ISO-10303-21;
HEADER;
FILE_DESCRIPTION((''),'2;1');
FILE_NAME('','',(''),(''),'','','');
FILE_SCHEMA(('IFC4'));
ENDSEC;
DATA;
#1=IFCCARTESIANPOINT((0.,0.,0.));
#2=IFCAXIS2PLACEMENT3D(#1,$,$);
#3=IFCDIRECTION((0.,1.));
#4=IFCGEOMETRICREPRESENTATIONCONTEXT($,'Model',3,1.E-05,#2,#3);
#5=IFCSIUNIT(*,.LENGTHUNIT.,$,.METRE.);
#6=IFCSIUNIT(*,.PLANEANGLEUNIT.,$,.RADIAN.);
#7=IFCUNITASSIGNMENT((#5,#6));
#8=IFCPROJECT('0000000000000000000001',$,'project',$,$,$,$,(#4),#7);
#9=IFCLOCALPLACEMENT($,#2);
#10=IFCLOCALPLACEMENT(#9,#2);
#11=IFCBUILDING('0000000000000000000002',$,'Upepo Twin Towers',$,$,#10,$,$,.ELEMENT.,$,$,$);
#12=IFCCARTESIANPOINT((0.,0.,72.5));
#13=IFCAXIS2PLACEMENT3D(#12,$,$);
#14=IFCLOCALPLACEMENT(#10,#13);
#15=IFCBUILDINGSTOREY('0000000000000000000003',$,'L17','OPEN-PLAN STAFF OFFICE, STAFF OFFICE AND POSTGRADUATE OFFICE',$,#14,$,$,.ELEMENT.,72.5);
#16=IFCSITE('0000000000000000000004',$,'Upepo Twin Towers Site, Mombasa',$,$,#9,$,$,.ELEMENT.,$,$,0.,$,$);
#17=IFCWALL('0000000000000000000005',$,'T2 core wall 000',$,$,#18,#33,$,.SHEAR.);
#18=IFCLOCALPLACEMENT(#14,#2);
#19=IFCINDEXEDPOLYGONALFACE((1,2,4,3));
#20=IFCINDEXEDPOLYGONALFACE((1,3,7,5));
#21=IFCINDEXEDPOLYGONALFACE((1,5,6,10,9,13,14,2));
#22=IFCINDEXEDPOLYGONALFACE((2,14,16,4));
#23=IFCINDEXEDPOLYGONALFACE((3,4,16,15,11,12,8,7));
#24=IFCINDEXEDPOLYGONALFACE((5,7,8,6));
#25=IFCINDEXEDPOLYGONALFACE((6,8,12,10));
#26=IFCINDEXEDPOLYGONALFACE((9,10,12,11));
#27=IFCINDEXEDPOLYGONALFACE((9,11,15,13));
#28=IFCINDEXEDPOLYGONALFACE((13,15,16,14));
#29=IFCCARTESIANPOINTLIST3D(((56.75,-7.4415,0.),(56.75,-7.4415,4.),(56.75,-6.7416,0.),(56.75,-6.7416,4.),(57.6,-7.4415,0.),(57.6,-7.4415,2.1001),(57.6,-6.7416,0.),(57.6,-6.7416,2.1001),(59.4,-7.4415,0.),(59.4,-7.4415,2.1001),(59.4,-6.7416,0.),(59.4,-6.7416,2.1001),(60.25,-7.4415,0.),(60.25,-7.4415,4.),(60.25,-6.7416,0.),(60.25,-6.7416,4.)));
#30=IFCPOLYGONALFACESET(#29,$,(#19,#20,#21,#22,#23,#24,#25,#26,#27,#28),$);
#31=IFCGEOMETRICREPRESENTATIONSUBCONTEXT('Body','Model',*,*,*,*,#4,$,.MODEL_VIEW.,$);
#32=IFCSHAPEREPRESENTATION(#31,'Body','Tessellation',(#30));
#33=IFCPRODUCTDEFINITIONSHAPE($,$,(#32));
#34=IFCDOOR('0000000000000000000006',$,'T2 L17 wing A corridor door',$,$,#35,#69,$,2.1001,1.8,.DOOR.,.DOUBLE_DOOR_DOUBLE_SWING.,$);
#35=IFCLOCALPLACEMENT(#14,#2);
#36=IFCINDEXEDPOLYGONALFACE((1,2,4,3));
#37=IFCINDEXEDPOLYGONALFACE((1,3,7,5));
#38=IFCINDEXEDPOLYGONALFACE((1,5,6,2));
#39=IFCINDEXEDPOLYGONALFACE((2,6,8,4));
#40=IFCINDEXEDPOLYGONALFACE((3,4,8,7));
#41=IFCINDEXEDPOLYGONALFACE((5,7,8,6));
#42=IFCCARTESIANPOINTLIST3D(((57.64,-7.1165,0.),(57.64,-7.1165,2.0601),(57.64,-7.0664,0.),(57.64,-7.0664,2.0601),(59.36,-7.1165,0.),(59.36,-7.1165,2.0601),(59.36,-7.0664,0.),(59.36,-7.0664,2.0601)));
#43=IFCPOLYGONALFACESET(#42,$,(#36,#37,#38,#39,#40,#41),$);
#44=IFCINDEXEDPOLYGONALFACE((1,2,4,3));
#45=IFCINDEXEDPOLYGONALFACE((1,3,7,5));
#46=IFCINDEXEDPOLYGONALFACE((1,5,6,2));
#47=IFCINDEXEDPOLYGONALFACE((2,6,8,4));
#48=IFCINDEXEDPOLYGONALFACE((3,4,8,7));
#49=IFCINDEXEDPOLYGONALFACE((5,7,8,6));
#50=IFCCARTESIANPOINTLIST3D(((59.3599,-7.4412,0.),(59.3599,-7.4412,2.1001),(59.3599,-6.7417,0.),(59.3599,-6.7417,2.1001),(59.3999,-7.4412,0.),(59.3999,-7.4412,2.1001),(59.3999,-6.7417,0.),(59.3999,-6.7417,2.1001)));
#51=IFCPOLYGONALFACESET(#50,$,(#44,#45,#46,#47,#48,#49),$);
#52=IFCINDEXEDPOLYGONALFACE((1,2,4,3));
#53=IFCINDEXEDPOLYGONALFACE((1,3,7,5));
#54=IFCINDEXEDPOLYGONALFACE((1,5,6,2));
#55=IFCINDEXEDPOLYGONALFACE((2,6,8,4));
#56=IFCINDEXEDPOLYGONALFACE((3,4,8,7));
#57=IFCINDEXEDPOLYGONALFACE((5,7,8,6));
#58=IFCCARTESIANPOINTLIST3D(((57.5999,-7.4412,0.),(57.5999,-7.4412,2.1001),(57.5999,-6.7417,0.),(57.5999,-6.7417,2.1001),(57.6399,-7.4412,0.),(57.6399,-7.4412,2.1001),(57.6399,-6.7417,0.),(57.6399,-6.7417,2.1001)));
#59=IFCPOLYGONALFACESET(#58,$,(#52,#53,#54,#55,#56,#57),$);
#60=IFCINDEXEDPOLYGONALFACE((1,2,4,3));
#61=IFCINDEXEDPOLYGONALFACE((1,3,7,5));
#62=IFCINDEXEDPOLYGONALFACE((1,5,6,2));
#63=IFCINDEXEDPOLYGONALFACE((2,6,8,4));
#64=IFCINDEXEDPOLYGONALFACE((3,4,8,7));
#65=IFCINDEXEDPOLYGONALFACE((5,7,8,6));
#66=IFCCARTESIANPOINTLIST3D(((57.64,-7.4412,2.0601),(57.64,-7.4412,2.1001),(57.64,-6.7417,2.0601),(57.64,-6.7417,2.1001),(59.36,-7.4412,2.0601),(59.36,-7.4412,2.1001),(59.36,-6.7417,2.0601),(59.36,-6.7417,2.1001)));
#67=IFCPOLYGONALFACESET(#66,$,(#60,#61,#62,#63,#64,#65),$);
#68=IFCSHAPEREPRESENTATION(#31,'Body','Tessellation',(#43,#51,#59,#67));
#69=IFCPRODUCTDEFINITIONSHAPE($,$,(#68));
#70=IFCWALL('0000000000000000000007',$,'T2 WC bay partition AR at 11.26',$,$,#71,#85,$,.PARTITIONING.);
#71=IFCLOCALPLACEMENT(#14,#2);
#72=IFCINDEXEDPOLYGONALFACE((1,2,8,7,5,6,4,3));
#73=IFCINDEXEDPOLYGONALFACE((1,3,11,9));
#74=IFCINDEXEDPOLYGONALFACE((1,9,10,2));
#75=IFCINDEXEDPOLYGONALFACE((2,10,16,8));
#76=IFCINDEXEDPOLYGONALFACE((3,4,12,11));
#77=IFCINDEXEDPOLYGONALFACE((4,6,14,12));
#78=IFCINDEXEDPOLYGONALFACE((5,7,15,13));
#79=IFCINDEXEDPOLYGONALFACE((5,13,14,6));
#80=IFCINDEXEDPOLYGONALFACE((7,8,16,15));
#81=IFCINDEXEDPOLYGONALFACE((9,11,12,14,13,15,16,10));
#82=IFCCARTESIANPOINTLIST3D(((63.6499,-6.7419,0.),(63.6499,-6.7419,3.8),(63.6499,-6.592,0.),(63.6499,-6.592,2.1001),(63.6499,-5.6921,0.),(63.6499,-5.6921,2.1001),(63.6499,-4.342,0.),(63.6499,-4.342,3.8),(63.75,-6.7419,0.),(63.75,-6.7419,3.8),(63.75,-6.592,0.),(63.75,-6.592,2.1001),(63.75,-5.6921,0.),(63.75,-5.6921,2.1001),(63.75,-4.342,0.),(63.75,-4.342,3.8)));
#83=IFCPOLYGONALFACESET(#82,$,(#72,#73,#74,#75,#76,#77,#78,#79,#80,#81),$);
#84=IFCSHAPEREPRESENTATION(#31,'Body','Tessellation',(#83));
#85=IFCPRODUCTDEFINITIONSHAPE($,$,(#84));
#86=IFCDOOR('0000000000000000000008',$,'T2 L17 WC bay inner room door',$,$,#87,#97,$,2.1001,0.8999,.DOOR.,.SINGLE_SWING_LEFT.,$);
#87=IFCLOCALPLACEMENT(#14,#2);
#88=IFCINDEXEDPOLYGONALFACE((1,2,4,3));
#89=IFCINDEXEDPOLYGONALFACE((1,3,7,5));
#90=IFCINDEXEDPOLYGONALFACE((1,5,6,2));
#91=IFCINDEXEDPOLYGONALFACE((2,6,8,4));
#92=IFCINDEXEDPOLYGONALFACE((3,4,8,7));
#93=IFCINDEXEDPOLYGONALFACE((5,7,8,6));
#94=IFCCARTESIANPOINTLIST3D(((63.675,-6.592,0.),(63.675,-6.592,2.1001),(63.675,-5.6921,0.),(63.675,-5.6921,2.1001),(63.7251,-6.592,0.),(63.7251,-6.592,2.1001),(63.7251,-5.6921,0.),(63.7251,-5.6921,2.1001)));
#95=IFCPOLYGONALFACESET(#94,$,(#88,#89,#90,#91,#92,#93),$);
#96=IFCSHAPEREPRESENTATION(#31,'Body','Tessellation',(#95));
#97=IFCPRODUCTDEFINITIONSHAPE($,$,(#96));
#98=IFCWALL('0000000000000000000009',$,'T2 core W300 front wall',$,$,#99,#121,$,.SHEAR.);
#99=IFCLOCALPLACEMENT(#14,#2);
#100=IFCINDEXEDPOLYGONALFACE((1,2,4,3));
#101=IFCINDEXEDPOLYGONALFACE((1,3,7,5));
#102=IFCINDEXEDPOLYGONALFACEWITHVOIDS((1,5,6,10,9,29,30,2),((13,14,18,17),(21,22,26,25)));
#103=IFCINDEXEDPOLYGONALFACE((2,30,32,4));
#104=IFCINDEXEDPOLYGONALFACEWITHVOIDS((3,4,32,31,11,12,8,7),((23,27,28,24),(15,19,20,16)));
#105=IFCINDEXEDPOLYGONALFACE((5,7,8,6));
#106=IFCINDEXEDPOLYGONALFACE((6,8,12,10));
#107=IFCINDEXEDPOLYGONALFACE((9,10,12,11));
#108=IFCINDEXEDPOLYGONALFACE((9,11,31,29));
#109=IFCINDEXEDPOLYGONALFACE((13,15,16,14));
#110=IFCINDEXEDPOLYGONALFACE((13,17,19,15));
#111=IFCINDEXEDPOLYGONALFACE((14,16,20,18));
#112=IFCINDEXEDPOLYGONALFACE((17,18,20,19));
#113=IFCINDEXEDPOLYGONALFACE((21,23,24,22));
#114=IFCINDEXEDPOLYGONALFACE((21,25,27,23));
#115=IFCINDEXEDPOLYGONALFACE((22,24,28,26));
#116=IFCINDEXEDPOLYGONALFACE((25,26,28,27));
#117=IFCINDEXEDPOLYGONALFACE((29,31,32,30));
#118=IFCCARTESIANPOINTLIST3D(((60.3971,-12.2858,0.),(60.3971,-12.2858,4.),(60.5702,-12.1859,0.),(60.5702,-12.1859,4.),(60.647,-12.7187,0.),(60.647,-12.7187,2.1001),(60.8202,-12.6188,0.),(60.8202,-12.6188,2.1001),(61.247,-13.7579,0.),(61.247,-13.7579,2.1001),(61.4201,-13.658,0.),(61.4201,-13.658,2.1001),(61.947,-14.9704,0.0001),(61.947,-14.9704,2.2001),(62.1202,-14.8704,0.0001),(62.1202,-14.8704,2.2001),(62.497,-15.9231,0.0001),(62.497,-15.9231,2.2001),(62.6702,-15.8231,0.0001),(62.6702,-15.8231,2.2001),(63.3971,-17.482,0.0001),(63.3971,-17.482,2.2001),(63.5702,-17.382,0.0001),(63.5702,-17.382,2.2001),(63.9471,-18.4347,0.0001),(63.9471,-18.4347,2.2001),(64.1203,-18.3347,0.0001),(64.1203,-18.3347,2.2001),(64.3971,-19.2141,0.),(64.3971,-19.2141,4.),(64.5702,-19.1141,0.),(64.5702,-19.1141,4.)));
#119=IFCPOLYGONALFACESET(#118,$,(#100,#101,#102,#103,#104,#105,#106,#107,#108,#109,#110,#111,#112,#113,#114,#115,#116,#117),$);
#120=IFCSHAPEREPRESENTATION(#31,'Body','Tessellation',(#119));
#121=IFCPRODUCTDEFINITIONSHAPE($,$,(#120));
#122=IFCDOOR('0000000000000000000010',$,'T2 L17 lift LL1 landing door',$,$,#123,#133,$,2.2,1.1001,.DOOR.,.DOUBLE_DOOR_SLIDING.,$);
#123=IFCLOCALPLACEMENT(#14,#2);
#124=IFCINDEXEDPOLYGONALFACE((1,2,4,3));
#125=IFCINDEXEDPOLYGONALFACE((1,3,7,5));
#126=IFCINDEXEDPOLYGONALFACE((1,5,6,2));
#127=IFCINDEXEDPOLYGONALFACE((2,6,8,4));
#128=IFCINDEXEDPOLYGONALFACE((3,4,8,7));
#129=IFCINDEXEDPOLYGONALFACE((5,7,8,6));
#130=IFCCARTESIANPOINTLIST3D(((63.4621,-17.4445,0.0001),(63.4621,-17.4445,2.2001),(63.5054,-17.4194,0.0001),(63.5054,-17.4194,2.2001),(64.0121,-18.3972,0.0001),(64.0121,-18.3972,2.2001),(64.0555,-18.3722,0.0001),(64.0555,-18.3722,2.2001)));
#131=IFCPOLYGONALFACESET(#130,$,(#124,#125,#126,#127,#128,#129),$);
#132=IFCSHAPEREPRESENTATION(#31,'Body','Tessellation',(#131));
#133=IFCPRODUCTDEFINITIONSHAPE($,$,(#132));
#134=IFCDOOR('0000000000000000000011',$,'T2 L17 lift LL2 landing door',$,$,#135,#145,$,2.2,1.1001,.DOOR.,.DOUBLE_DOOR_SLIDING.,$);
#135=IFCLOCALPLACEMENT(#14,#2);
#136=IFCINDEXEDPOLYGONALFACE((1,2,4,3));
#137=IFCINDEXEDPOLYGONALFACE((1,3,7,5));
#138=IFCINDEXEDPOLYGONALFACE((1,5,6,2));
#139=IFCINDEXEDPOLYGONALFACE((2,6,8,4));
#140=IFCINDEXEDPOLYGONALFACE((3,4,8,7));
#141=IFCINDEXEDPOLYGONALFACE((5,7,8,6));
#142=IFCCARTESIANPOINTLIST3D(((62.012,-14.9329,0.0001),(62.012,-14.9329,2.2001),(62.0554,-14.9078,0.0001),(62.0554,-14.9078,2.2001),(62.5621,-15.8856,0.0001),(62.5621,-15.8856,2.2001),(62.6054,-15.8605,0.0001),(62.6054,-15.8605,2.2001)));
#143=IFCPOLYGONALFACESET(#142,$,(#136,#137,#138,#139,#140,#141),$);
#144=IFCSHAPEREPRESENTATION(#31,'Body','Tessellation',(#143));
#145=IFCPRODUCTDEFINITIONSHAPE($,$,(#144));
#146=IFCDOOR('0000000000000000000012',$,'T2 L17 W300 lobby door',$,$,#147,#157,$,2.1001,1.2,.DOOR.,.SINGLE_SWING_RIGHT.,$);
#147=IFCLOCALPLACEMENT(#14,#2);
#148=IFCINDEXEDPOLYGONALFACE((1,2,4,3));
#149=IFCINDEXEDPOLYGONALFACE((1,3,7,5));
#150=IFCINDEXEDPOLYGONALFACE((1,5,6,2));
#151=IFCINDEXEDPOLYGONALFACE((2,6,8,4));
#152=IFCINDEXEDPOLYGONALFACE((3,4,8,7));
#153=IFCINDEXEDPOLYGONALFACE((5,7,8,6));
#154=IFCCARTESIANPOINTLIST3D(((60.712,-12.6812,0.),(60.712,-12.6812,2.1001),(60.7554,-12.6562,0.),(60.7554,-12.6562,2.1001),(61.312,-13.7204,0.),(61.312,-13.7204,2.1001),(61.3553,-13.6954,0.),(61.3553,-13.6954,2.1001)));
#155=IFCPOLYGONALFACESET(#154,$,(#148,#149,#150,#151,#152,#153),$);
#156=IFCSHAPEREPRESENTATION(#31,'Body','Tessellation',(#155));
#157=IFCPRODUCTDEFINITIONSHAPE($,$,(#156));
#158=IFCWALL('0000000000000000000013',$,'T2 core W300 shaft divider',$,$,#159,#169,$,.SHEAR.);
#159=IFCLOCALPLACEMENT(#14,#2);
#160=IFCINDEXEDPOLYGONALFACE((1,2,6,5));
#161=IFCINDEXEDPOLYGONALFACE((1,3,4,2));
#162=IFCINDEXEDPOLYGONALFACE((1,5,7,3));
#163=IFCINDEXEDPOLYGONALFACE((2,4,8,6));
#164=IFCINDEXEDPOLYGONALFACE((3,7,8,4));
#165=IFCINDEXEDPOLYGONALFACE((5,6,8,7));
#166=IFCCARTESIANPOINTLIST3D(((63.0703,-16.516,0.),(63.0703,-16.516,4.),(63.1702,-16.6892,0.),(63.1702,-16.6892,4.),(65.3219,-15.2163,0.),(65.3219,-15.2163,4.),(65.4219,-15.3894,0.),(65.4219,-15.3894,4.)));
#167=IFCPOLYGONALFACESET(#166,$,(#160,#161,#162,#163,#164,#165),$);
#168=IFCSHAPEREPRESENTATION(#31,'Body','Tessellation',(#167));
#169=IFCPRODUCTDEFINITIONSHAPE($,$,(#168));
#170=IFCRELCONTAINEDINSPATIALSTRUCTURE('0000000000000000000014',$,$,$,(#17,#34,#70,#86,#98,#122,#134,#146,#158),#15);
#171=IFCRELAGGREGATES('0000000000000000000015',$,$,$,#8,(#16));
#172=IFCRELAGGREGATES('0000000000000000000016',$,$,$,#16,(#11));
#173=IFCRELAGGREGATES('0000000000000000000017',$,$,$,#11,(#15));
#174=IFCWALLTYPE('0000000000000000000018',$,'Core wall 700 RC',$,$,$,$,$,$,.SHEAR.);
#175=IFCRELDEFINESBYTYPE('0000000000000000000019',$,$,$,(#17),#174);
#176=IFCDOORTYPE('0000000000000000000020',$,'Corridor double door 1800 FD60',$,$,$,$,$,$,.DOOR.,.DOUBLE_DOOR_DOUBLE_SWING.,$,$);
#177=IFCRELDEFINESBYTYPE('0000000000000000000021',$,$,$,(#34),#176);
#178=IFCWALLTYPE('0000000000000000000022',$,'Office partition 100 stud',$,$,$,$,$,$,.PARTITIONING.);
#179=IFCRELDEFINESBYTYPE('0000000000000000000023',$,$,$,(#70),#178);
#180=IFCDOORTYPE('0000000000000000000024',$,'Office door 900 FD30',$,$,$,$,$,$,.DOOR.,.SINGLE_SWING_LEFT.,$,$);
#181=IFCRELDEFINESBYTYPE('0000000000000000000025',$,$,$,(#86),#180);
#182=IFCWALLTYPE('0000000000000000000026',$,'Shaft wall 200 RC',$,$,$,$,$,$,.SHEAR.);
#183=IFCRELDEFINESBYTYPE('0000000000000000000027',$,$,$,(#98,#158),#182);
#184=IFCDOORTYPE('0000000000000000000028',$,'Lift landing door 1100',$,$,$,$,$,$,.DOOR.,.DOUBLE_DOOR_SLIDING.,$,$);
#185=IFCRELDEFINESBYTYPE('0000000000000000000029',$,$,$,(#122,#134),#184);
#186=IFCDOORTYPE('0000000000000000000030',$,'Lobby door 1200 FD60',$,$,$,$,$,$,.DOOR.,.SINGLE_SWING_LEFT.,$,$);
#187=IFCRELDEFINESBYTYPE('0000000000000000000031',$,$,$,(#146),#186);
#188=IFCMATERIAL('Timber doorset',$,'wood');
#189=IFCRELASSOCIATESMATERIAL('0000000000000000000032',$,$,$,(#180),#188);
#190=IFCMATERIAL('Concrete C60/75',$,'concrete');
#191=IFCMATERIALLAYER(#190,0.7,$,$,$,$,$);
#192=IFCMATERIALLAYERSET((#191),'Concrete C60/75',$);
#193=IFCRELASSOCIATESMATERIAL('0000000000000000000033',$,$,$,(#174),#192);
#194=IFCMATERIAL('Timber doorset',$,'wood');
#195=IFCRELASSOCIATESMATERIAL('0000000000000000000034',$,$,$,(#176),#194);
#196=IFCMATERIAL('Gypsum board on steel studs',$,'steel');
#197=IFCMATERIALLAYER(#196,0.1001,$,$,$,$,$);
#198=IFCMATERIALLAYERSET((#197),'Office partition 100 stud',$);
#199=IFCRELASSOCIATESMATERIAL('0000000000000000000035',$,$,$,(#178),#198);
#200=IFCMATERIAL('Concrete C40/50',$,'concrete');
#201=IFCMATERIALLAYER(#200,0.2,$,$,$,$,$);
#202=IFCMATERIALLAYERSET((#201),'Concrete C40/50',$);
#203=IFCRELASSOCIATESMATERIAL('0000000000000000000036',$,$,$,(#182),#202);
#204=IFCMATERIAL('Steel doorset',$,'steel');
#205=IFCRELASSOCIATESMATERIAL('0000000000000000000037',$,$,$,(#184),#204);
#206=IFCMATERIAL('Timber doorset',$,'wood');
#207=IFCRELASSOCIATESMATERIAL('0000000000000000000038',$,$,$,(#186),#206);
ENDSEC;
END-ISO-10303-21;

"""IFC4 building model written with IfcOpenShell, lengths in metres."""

from ifc_helpers import new_model, si_unit, direction, frame, frame_2d, origin, place, context, subcontext, project, spatial, rectangle, extrude, material, layer, layer_set, type_object, element, fill, save


model = new_model("IFC4")

# Units and contexts
model_context = context("Model", 3, precision=1e-05, world=origin(), true_north=direction((0.0, 1.0)))
body_context = subcontext(model_context, "Body", "Model", "MODEL_VIEW")
ifc_project = project(units=[si_unit("LENGTHUNIT", "METRE"), si_unit("PLANEANGLEUNIT", "RADIAN")], contexts=[model_context])

# Site, building, storey
site_placement = place(None, origin())
site = spatial("IfcSite", under=ifc_project, at=site_placement, Name="Upepo Twin Towers Site, Mombasa", CompositionType="ELEMENT", RefElevation=0.0)
building_placement = place(site_placement, origin())
building = spatial("IfcBuilding", under=site, at=building_placement, Name="Upepo Twin Towers", CompositionType="ELEMENT")
storey_placement = place(building_placement, frame((0.0, 0.0, 72.5)))
storey = spatial("IfcBuildingStorey", under=building, at=storey_placement, Name="L17", Description="OPEN-PLAN STAFF OFFICE, STAFF OFFICE AND POSTGRADUATE OFFICE", CompositionType="ELEMENT", Elevation=72.5)

# Shared definitions
ifc_material_1 = material(Name="Timber doorset", Category="wood")
door_type_1 = type_object("IfcDoorType", Name="Office door 900 FD30", OperationType="SINGLE_SWING_LEFT", PredefinedType="DOOR", material=ifc_material_1)

# Shared definitions
ifc_material_2 = material(Name="Concrete C60/75", Category="concrete")
ifc_layer_1 = layer(ifc_material_2, 0.7)
ifc_layer_set_1 = layer_set([ifc_layer_1], Name="Concrete C60/75")
wall_type_1 = type_object("IfcWallType", Name="Core wall 700 RC", PredefinedType="SHEAR", material=ifc_layer_set_1)

# Walls, openings, doors
wall_1_placement = place(storey_placement, frame((60.25, -7.0916, 0.0), z_axis=(0.0, 0.0, 1.0), x_axis=(-1.0, 0.0, 0.0)))
wall_1 = element("IfcWall", 1, at=wall_1_placement, inside=storey, type_object=wall_type_1, Name="T2 core wall 000", PredefinedType="SHEAR", context=body_context, shape_type="SweptSolid", body=[
    extrude(rectangle(XDim=3.5, YDim=0.7, at=frame_2d((1.75, 0.0))), origin(), (0.0, 0.0, 1.0), 4.0),
])
opening_1_placement = place(wall_1_placement, frame((0.8501, 0.0, 0.0)))
opening_1 = element("IfcOpeningElement", 2, at=opening_1_placement, cuts=wall_1, PredefinedType="OPENING", context=body_context, shape_type="SweptSolid", body=[
    extrude(rectangle(XDim=1.8, YDim=2.1001, at=frame_2d((0.8999, 1.05))), frame((0.0, 0.3599, 0.0), z_axis=(0.0, -1.0, 0.0), x_axis=(1.0, 0.0, 0.0)), (0.0, 0.0, 1.0), 0.72),
])
ifc_material_3 = material(Name="Timber doorset", Category="wood")
door_type_2 = type_object("IfcDoorType", Name="Corridor double door 1800 FD60", OperationType="DOUBLE_DOOR_DOUBLE_SWING", PredefinedType="DOOR", material=ifc_material_3)
door_1_placement = place(opening_1_placement, origin())
door_1 = element("IfcDoor", 3, at=door_1_placement, inside=storey, type_object=door_type_2, Name="T2 L17 wing A corridor door", OperationType="DOUBLE_DOOR_DOUBLE_SWING", OverallHeight=2.1001, OverallWidth=1.8, PredefinedType="DOOR", context=body_context, shape_type="SweptSolid", body=[
    extrude(rectangle(XDim=1.72, YDim=2.0601, at=frame_2d((0.8999, 1.03))), frame((0.0, 0.0249, 0.0), z_axis=(0.0, -1.0, 0.0), x_axis=(1.0, 0.0, 0.0)), (0.0, 0.0, 1.0), 0.05),
    extrude(rectangle(XDim=0.04, YDim=2.1001, at=frame_2d((0.02, 1.05))), frame((0.0, 0.3496, 0.0), z_axis=(0.0, -1.0, 0.0), x_axis=(1.0, 0.0, 0.0)), (0.0, 0.0, 1.0), 0.6995),
    extrude(rectangle(XDim=0.04, YDim=2.1001, at=frame_2d((1.78, 1.05))), frame((0.0, 0.3496, 0.0), z_axis=(0.0, -1.0, 0.0), x_axis=(1.0, 0.0, 0.0)), (0.0, 0.0, 1.0), 0.6995),
    extrude(rectangle(XDim=1.72, YDim=0.04, at=frame_2d((0.8999, 2.0801))), frame((0.0, 0.3496, 0.0), z_axis=(0.0, -1.0, 0.0), x_axis=(1.0, 0.0, 0.0)), (0.0, 0.0, 1.0), 0.6995),
])
fill(opening_1, door_1)
ifc_material_4 = material(Name="Gypsum board on steel studs", Category="steel")
ifc_layer_2 = layer(ifc_material_4, 0.1001)
ifc_layer_set_2 = layer_set([ifc_layer_2], Name="Office partition 100 stud")
wall_type_2 = type_object("IfcWallType", Name="Office partition 100 stud", PredefinedType="PARTITIONING", material=ifc_layer_set_2)
wall_2_placement = place(storey_placement, frame((63.7, -6.7419, 0.0), z_axis=(0.0, 0.0, 1.0), x_axis=(0.0, 1.0, 0.0)))
wall_2 = element("IfcWall", 4, at=wall_2_placement, inside=storey, type_object=wall_type_2, Name="T2 WC bay partition AR at 11.26", PredefinedType="PARTITIONING", context=body_context, shape_type="SweptSolid", body=[
    extrude(rectangle(XDim=2.3999, YDim=0.1001, at=frame_2d((1.2, 0.0))), origin(), (0.0, 0.0, 1.0), 3.8),
])
opening_2_placement = place(wall_2_placement, frame((0.1499, 0.0, 0.0)))
opening_2 = element("IfcOpeningElement", 5, at=opening_2_placement, cuts=wall_2, PredefinedType="OPENING", context=body_context, shape_type="SweptSolid", body=[
    extrude(rectangle(XDim=0.8999, YDim=2.1001, at=frame_2d((0.45, 1.05))), frame((0.0, 0.0601, 0.0), z_axis=(0.0, -1.0, 0.0), x_axis=(1.0, 0.0, 0.0)), (0.0, 0.0, 1.0), 0.1201),
])
door_2_placement = place(opening_2_placement, origin())
door_2 = element("IfcDoor", 6, at=door_2_placement, inside=storey, type_object=door_type_1, Name="T2 L17 WC bay inner room door", OperationType="SINGLE_SWING_LEFT", OverallHeight=2.1001, OverallWidth=0.8999, PredefinedType="DOOR", context=body_context, shape_type="SweptSolid", body=[
    extrude(rectangle(XDim=0.8999, YDim=2.1001, at=frame_2d((0.45, 1.05))), frame((0.0, 0.0249, 0.0), z_axis=(0.0, -1.0, 0.0), x_axis=(1.0, 0.0, 0.0)), (0.0, 0.0, 1.0), 0.05),
])
fill(opening_2, door_2)

# Wall, openings, doors
ifc_material_5 = material(Name="Concrete C40/50", Category="concrete")
ifc_layer_3 = layer(ifc_material_5, 0.2)
ifc_layer_set_3 = layer_set([ifc_layer_3], Name="Concrete C40/50")
wall_type_3 = type_object("IfcWallType", Name="Shaft wall 200 RC", PredefinedType="SHEAR", material=ifc_layer_set_3)
wall_3_placement = place(storey_placement, frame((64.4836, -19.1641, 0.0), z_axis=(0.0, 0.0, 1.0), x_axis=(-0.499999, 0.866026, 0.0)))
wall_3 = element("IfcWall", 7, at=wall_3_placement, inside=storey, type_object=wall_type_3, Name="T2 core W300 front wall", PredefinedType="SHEAR", context=body_context, shape_type="SweptSolid", body=[
    extrude(rectangle(XDim=8.0, YDim=0.2, at=frame_2d((4.0, 0.0))), origin(), (0.0, 0.0, 1.0), 4.0),
])
opening_3_placement = place(wall_3_placement, frame((6.3, 0.0, 0.0)))
opening_3 = element("IfcOpeningElement", 8, at=opening_3_placement, cuts=wall_3, PredefinedType="OPENING", context=body_context, shape_type="SweptSolid", body=[
    extrude(rectangle(XDim=1.2, YDim=2.1001, at=frame_2d((0.6001, 1.05))), frame((0.0, 0.1099, 0.0), z_axis=(0.0, -1.0, 0.0), x_axis=(1.0, 0.0, 0.0)), (0.0, 0.0, 1.0), 0.22),
])
opening_4_placement = place(wall_3_placement, frame((0.8999, 0.0, 0.0)))
opening_4 = element("IfcOpeningElement", 9, at=opening_4_placement, cuts=wall_3, PredefinedType="OPENING", context=body_context, shape_type="SweptSolid", body=[
    extrude(rectangle(XDim=1.1001, YDim=2.2, at=frame_2d((0.55, 1.1001))), frame((0.0, 0.1099, 0.0), z_axis=(0.0, -1.0, 0.0), x_axis=(1.0, 0.0, 0.0)), (0.0, 0.0, 1.0), 0.22),
])
opening_5_placement = place(wall_3_placement, frame((3.8, 0.0, 0.0)))
opening_5 = element("IfcOpeningElement", 10, at=opening_5_placement, cuts=wall_3, PredefinedType="OPENING", context=body_context, shape_type="SweptSolid", body=[
    extrude(rectangle(XDim=1.1001, YDim=2.2, at=frame_2d((0.55, 1.1001))), frame((0.0, 0.1099, 0.0), z_axis=(0.0, -1.0, 0.0), x_axis=(1.0, 0.0, 0.0)), (0.0, 0.0, 1.0), 0.22),
])
ifc_material_6 = material(Name="Steel doorset", Category="steel")
door_type_3 = type_object("IfcDoorType", Name="Lift landing door 1100", OperationType="DOUBLE_DOOR_SLIDING", PredefinedType="DOOR", material=ifc_material_6)
door_3_placement = place(opening_4_placement, origin())
door_3 = element("IfcDoor", 11, at=door_3_placement, inside=storey, type_object=door_type_3, Name="T2 L17 lift LL1 landing door", OperationType="DOUBLE_DOOR_SLIDING", OverallHeight=2.2, OverallWidth=1.1001, PredefinedType="DOOR", context=body_context, shape_type="SweptSolid", body=[
    extrude(rectangle(XDim=1.1001, YDim=2.2, at=frame_2d((0.55, 1.1001))), frame((0.0, 0.0249, 0.0), z_axis=(0.0, -1.0, 0.0), x_axis=(1.0, 0.0, 0.0)), (0.0, 0.0, 1.0), 0.05),
])
fill(opening_4, door_3)
door_4_placement = place(opening_5_placement, origin())
door_4 = element("IfcDoor", 12, at=door_4_placement, inside=storey, type_object=door_type_3, Name="T2 L17 lift LL2 landing door", OperationType="DOUBLE_DOOR_SLIDING", OverallHeight=2.2, OverallWidth=1.1001, PredefinedType="DOOR", context=body_context, shape_type="SweptSolid", body=[
    extrude(rectangle(XDim=1.1001, YDim=2.2, at=frame_2d((0.55, 1.1001))), frame((0.0, 0.0249, 0.0), z_axis=(0.0, -1.0, 0.0), x_axis=(1.0, 0.0, 0.0)), (0.0, 0.0, 1.0), 0.05),
])
fill(opening_5, door_4)
ifc_material_7 = material(Name="Timber doorset", Category="wood")
door_type_4 = type_object("IfcDoorType", Name="Lobby door 1200 FD60", OperationType="SINGLE_SWING_LEFT", PredefinedType="DOOR", material=ifc_material_7)
door_5_placement = place(opening_3_placement, origin())
door_5 = element("IfcDoor", 13, at=door_5_placement, inside=storey, type_object=door_type_4, Name="T2 L17 W300 lobby door", OperationType="SINGLE_SWING_RIGHT", OverallHeight=2.1001, OverallWidth=1.2, PredefinedType="DOOR", context=body_context, shape_type="SweptSolid", body=[
    extrude(rectangle(XDim=1.2, YDim=2.1001, at=frame_2d((0.6001, 1.05))), frame((0.0, 0.0249, 0.0), z_axis=(0.0, -1.0, 0.0), x_axis=(1.0, 0.0, 0.0)), (0.0, 0.0, 1.0), 0.05),
])
fill(opening_3, door_5)

# Wall
wall_4_placement = place(storey_placement, frame((63.1204, -16.6025, 0.0), z_axis=(0.0, 0.0, 1.0), x_axis=(0.866062, 0.499937, 0.0)))
element("IfcWall", 14, at=wall_4_placement, inside=storey, type_object=wall_type_3, Name="T2 core W300 shaft divider", PredefinedType="SHEAR", context=body_context, shape_type="SweptSolid", body=[
    extrude(rectangle(XDim=2.5999, YDim=0.2, at=frame_2d((1.2998, 0.0))), origin(), (0.0, 0.0, 1.0), 4.0),
])

save(model, "model.ifc")
